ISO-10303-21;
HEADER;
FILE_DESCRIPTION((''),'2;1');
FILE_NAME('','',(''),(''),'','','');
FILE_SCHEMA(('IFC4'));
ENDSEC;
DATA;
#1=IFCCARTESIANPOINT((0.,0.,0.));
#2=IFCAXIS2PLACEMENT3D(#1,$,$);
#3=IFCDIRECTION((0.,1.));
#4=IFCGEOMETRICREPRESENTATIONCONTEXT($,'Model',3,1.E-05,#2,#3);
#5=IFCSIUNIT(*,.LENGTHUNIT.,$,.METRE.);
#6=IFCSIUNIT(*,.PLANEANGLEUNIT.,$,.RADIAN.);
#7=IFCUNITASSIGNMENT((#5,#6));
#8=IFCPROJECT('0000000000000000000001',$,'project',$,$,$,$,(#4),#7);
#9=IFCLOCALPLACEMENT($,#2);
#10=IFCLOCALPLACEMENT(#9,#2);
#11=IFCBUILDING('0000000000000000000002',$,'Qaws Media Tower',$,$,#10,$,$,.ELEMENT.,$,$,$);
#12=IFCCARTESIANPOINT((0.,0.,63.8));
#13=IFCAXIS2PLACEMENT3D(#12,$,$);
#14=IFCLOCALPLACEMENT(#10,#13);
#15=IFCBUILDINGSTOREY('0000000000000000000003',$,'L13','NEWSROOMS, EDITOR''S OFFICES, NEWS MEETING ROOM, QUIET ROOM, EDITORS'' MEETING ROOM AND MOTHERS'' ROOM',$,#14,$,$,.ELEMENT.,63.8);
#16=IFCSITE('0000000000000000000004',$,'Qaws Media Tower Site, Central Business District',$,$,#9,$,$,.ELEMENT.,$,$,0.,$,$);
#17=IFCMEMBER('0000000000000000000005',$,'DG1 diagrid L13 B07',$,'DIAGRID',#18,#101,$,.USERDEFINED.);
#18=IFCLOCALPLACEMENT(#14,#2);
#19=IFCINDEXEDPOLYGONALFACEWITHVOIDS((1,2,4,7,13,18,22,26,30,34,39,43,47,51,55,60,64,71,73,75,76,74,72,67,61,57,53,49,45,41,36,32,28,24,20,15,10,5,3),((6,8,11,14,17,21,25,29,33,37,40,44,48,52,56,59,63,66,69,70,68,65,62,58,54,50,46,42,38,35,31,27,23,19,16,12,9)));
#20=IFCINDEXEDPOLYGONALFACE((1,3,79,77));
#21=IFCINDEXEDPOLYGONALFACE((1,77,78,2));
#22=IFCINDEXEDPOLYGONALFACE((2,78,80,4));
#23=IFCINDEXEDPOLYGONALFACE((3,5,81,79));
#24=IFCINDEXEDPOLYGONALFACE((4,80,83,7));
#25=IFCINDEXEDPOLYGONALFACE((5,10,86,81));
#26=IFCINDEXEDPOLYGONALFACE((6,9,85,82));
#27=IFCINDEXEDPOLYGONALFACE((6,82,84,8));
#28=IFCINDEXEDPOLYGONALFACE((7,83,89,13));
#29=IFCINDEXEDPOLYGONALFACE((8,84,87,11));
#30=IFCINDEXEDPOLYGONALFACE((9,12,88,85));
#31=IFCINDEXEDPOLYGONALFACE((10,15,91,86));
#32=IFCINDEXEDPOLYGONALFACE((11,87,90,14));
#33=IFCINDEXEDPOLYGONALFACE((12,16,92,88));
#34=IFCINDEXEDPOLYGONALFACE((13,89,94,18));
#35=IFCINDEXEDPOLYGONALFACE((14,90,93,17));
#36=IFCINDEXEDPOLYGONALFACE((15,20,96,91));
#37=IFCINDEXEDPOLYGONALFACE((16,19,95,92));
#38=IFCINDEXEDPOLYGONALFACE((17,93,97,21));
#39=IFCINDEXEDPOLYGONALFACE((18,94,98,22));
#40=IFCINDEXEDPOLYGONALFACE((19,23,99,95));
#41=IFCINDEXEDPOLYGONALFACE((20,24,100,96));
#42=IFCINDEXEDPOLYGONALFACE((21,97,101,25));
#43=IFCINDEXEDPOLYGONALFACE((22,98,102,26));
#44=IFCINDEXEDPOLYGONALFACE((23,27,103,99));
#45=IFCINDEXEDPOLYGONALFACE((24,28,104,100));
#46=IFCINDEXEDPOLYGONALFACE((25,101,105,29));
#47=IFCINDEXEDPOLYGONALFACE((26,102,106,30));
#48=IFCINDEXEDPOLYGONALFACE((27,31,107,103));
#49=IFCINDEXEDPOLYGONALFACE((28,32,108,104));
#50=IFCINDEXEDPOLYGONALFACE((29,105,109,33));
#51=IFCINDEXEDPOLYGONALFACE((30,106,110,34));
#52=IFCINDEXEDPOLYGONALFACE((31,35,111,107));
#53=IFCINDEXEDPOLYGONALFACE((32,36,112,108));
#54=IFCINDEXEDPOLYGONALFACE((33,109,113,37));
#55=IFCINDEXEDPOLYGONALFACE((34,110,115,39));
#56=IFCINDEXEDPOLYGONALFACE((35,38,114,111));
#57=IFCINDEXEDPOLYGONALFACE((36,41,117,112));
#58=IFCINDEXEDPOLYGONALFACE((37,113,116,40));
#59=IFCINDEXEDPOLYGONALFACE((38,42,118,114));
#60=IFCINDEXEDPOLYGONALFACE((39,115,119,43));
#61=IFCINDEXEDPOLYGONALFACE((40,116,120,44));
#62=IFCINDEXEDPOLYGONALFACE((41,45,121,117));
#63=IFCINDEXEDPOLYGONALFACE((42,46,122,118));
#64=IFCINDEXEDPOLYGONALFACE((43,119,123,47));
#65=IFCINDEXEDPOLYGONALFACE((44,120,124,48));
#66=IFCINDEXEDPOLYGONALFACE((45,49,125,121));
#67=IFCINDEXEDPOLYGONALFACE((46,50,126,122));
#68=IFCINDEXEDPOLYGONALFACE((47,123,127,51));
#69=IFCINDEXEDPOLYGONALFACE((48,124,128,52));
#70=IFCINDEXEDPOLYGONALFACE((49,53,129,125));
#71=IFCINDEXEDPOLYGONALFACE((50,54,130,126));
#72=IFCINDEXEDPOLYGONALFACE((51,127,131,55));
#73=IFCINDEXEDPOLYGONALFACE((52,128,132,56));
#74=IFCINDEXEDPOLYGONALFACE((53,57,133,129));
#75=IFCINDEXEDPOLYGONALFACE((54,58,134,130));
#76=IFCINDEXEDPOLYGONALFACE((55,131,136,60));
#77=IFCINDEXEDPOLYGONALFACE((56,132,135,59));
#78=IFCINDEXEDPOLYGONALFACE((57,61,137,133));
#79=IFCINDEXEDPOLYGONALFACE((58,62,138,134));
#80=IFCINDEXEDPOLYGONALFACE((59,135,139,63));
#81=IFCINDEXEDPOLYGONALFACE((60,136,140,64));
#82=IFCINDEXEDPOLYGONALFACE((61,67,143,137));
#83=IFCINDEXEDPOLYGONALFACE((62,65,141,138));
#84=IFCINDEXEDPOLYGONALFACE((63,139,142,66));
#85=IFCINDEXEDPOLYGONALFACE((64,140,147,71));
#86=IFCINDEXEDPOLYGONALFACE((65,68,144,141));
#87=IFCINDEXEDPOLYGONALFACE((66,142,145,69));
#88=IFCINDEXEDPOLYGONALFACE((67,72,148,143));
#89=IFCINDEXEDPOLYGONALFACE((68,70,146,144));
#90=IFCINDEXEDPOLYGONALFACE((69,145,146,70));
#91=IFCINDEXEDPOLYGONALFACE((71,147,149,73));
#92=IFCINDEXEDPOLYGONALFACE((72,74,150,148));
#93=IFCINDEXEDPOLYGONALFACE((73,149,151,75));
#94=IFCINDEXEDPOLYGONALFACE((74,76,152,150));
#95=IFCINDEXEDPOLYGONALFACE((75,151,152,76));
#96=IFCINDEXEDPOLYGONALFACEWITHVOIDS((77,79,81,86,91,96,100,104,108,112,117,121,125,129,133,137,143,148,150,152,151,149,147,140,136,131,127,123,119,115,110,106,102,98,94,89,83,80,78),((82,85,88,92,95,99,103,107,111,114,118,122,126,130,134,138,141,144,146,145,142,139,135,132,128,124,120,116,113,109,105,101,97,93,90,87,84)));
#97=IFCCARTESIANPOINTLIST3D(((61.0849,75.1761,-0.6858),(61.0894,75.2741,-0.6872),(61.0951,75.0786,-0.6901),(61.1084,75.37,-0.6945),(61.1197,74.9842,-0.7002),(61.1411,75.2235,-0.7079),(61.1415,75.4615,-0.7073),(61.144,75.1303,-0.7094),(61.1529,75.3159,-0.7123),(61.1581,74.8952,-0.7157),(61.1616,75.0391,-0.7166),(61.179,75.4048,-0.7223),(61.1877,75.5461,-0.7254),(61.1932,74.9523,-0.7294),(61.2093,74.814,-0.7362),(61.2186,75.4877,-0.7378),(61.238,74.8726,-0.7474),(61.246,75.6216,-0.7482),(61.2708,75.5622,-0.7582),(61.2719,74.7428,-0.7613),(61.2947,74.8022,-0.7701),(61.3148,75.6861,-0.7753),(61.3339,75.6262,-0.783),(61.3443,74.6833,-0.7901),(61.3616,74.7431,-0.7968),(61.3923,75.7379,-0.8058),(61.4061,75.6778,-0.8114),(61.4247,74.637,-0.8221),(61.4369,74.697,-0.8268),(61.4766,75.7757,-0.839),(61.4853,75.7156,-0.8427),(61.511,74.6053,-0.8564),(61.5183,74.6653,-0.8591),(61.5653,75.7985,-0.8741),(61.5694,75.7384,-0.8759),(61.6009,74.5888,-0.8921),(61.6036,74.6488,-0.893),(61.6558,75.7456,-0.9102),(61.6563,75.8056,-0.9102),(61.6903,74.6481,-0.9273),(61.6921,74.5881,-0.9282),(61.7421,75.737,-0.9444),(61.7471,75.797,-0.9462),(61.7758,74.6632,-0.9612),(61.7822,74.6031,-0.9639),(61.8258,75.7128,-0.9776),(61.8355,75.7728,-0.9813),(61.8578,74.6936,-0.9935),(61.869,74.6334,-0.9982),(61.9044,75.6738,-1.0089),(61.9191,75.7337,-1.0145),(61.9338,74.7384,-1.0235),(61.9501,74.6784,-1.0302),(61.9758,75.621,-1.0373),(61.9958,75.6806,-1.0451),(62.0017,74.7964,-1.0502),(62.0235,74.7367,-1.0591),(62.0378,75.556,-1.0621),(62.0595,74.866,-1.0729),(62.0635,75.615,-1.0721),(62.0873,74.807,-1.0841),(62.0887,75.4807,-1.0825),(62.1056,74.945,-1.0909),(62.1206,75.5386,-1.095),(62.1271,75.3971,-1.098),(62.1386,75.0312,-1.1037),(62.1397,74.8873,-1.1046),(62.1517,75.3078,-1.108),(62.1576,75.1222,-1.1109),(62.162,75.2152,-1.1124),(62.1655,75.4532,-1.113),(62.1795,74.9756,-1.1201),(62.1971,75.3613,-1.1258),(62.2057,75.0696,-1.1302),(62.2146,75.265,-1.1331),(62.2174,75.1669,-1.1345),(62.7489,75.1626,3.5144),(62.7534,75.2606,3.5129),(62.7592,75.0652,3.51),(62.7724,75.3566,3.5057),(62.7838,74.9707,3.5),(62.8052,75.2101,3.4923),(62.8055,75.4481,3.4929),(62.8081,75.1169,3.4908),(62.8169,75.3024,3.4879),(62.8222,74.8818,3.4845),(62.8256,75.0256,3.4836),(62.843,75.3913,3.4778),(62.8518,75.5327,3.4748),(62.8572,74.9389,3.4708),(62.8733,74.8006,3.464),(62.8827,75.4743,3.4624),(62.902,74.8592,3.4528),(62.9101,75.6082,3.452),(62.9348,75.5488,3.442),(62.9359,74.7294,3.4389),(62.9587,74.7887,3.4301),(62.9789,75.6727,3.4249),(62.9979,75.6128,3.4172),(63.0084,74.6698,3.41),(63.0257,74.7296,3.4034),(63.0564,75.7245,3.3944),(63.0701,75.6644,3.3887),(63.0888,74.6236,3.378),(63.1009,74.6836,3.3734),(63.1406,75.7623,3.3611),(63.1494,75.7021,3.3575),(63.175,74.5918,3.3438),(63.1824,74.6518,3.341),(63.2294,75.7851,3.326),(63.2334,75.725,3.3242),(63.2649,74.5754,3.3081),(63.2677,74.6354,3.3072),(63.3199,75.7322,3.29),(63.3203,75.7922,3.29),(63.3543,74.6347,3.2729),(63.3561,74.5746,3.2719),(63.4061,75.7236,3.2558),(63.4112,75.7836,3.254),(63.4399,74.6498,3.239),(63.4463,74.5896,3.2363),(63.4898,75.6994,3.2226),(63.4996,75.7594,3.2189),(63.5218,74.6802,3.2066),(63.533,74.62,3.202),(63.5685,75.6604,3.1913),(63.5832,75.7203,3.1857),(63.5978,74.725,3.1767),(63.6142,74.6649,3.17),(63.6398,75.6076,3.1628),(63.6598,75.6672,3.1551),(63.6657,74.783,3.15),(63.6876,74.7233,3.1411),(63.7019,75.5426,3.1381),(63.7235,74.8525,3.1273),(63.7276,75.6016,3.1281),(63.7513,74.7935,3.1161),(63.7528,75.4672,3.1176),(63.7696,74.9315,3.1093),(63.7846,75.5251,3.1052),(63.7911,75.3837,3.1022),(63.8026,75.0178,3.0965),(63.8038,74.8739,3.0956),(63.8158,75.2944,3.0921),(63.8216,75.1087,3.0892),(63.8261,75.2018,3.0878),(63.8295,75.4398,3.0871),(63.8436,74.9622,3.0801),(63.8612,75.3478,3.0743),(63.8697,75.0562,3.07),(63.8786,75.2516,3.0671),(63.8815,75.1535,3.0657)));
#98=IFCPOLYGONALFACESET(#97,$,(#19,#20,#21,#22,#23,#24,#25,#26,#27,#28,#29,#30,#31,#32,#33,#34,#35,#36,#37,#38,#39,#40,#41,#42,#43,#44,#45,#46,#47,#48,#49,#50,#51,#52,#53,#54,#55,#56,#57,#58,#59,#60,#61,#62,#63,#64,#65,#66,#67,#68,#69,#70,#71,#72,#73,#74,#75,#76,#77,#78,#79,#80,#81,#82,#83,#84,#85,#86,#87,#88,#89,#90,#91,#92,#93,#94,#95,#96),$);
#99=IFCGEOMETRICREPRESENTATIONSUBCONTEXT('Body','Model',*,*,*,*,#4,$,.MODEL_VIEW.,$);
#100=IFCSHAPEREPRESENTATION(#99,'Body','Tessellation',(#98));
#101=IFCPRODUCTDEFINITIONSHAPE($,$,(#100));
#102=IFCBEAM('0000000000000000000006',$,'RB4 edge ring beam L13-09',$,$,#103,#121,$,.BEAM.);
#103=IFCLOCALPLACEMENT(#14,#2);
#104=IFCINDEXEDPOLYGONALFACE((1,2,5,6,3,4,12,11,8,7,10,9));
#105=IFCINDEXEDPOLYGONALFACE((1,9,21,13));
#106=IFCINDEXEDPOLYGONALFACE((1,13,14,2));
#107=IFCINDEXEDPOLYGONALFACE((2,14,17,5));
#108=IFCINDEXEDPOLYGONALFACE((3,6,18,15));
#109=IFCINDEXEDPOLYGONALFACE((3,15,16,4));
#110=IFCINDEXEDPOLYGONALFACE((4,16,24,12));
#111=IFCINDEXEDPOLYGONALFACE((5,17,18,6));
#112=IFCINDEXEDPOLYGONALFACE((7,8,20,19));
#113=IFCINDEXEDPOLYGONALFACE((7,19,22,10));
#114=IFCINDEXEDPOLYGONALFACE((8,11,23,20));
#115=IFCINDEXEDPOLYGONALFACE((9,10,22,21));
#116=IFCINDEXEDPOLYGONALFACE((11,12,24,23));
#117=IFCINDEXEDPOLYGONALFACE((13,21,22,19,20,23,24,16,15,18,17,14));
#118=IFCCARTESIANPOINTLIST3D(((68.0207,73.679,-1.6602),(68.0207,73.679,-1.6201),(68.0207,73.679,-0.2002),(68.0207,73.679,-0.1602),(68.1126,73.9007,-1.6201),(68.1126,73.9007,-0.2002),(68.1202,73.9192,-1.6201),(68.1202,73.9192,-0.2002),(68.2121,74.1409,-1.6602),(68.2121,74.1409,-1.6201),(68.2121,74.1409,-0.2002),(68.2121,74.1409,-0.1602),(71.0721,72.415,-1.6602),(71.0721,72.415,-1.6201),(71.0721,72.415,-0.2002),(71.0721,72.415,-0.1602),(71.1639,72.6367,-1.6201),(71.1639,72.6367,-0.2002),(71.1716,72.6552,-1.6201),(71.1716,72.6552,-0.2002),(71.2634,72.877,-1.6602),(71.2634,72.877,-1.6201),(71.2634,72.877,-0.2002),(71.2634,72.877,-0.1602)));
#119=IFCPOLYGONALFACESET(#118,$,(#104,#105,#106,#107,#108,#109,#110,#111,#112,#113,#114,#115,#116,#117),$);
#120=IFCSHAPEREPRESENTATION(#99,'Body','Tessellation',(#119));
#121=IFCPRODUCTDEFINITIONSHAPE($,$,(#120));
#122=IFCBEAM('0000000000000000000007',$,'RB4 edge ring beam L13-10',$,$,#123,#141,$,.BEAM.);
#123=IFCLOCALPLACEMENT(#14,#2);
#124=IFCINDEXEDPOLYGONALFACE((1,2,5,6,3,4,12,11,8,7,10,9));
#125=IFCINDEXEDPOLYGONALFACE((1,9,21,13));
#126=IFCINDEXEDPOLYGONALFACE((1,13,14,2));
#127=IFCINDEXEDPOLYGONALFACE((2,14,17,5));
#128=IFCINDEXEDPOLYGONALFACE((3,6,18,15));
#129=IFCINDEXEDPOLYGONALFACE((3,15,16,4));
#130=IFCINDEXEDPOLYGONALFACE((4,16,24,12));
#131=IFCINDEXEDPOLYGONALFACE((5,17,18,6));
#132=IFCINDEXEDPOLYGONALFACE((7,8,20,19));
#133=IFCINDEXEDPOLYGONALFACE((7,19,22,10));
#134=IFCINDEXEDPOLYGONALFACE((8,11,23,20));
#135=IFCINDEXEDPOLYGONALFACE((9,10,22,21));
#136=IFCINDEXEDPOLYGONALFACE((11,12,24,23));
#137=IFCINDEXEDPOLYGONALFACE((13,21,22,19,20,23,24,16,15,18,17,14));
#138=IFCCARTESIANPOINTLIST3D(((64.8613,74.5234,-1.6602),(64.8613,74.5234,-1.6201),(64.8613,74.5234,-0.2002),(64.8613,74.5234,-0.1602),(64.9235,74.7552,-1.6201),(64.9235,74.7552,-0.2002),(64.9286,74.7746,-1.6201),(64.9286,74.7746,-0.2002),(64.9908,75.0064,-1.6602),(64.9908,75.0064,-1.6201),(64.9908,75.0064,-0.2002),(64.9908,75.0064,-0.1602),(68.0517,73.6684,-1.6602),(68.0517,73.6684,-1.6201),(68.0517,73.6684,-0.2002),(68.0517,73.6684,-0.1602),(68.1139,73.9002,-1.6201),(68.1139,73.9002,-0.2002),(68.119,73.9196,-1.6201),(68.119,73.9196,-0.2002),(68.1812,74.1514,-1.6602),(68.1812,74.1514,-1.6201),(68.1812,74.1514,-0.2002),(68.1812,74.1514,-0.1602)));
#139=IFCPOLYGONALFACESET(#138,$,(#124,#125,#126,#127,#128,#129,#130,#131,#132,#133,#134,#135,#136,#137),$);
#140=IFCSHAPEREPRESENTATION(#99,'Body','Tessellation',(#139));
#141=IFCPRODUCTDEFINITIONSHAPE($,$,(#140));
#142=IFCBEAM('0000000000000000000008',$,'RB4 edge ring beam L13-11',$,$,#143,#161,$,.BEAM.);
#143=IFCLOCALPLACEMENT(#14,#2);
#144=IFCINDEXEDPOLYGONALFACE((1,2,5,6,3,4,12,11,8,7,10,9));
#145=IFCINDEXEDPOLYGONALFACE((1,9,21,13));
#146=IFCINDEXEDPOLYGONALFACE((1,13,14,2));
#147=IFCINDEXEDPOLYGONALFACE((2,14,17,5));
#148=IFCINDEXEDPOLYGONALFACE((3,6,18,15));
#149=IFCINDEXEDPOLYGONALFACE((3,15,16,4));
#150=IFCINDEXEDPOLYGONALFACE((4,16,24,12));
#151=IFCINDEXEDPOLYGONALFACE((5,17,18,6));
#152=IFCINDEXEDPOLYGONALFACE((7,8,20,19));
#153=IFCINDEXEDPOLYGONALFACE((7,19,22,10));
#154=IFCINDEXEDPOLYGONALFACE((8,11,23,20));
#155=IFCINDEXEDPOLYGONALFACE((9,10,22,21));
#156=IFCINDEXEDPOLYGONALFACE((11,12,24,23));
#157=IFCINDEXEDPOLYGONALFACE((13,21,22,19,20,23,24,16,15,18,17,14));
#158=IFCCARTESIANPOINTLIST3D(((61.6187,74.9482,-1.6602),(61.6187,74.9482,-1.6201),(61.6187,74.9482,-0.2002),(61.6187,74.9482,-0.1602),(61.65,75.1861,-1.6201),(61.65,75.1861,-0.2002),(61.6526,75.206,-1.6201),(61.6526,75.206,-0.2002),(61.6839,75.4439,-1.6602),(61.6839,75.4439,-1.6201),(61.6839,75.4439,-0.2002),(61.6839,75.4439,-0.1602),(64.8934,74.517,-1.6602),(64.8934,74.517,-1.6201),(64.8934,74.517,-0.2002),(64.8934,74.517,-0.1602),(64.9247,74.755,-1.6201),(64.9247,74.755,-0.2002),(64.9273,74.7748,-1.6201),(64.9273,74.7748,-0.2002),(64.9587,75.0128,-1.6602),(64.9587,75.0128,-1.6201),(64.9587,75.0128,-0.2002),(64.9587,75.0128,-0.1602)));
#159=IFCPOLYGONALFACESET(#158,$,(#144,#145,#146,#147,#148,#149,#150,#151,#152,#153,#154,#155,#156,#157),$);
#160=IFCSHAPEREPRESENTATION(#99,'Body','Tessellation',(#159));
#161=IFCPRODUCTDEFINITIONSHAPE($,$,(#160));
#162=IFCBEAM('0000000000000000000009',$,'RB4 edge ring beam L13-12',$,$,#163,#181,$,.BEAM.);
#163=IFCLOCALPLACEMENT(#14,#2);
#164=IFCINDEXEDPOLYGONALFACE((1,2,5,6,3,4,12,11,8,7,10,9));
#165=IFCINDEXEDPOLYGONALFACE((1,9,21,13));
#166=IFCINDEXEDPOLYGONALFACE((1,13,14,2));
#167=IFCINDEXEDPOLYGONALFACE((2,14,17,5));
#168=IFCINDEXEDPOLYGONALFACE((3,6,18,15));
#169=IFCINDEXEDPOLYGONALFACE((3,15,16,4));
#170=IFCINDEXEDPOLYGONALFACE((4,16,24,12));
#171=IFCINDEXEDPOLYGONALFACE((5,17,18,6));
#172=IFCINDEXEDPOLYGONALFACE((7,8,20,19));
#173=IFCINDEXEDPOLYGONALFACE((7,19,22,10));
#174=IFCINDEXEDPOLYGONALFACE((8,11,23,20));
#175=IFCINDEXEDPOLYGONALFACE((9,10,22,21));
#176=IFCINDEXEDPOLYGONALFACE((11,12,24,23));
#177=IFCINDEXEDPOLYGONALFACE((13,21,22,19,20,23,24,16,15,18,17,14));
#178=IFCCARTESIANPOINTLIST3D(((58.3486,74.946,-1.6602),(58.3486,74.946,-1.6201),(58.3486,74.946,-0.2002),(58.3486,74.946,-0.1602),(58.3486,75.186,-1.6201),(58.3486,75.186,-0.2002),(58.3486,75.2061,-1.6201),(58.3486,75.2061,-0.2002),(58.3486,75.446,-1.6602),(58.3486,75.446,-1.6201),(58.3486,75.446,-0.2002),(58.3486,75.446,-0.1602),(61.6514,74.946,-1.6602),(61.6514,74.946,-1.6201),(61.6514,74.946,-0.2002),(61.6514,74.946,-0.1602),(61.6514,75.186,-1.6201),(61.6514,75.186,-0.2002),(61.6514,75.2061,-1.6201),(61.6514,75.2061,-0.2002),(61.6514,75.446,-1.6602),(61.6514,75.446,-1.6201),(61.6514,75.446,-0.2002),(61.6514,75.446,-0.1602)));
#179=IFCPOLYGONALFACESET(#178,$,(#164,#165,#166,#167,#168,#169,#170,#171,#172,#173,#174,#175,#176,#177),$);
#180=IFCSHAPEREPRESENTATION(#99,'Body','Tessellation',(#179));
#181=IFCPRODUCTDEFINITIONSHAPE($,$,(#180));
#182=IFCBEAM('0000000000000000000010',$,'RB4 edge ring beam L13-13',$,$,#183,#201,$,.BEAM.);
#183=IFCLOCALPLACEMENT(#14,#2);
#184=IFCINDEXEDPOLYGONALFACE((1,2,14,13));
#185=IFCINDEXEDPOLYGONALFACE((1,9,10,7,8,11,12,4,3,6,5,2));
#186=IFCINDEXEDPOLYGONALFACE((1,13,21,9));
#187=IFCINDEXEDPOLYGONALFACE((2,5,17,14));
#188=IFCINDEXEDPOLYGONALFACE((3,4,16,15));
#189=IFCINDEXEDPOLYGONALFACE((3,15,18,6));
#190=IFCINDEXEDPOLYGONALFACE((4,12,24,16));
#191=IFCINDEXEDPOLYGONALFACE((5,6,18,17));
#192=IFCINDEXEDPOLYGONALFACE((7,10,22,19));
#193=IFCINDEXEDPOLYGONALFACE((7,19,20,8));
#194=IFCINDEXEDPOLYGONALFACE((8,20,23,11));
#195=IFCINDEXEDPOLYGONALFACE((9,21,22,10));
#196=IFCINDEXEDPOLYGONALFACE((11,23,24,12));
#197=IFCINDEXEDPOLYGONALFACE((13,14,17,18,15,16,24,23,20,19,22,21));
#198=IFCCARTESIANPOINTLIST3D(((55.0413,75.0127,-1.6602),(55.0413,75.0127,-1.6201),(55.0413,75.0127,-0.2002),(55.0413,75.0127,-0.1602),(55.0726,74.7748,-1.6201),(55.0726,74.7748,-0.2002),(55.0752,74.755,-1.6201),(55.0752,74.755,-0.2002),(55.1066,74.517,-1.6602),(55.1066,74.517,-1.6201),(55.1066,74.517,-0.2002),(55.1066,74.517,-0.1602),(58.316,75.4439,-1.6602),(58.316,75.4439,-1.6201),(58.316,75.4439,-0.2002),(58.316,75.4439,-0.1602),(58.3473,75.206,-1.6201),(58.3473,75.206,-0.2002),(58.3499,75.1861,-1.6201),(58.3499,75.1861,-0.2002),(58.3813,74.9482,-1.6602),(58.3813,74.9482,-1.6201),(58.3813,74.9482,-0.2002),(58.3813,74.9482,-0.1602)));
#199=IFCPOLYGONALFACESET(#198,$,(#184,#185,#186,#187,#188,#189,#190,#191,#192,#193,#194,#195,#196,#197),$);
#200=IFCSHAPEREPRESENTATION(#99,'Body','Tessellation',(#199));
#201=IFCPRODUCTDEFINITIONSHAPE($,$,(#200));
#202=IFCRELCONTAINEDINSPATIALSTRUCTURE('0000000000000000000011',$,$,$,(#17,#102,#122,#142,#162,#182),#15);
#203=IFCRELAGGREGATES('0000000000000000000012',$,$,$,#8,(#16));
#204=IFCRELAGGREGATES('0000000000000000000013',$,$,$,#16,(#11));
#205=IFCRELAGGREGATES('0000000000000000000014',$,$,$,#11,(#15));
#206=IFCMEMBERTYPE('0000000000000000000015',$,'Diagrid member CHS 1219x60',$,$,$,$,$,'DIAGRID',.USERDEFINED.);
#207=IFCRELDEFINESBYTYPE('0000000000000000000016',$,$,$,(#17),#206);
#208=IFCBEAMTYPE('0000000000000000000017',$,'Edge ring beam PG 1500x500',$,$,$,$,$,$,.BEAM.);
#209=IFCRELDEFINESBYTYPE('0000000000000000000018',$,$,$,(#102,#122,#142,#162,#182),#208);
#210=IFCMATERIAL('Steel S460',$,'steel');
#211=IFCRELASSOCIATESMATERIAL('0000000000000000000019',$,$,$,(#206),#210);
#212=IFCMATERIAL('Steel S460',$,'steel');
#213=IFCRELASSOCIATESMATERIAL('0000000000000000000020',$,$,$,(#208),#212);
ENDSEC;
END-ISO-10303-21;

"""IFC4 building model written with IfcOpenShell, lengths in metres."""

from ifc_helpers import new_model, si_unit, direction, frame, origin, origin_2d, place, context, subcontext, project, spatial, hollow_circle, i_section, extrude, material, material_profile, profile_set, type_object, element, save


model = new_model("IFC4")

# Units and contexts
model_context = context("Model", 3, precision=1e-05, world=origin(), true_north=direction((0.0, 1.0)))
body_context = subcontext(model_context, "Body", "Model", "MODEL_VIEW")
ifc_project = project(units=[si_unit("LENGTHUNIT", "METRE"), si_unit("PLANEANGLEUNIT", "RADIAN")], contexts=[model_context])

# Site, building, storey
site_placement = place(None, origin())
site = spatial("IfcSite", under=ifc_project, at=site_placement, Name="Qaws Media Tower Site, Central Business District", CompositionType="ELEMENT", RefElevation=0.0)
building_placement = place(site_placement, origin())
building = spatial("IfcBuilding", under=site, at=building_placement, Name="Qaws Media Tower", CompositionType="ELEMENT")
storey_placement = place(building_placement, frame((0.0, 0.0, 63.8)))
storey = spatial("IfcBuildingStorey", under=building, at=storey_placement, Name="L13", Description="NEWSROOMS, EDITOR'S OFFICES, NEWS MEETING ROOM, QUIET ROOM, EDITORS' MEETING ROOM AND MOTHERS' ROOM", CompositionType="ELEMENT", Elevation=63.8)

# Member
ifc_material_1 = material(Name="Steel S460", Category="steel")
ifc_material_profile_1 = material_profile(ifc_material_1, hollow_circle(Radius=0.6096, WallThickness=0.0601, at=origin_2d()), Name="CHS 1219x60")
ifc_profile_set_1 = profile_set([ifc_material_profile_1], Name="Steel S460")
member_type_1 = type_object("IfcMemberType", Name="Diagrid member CHS 1219x60", ElementType="DIAGRID", PredefinedType="USERDEFINED", material=ifc_profile_set_1)
for number, where, z_axis, x_axis, name in (
    (1, (61.6514, 75.196, -0.9102), (0.368331, -0.002972, 0.92969), (0.008069, 0.999967, 0.0), "DG1 diagrid L13 B07"),
):
    element("IfcMember", number, at=place(storey_placement, frame(where, z_axis=z_axis, x_axis=x_axis)), inside=storey, type_object=member_type_1, Name=name, ObjectType="DIAGRID", PredefinedType="USERDEFINED", context=body_context, shape_type="SweptSolid", body=[
        extrude(hollow_circle(Radius=0.6096, WallThickness=0.0601, at=origin_2d()), origin(), (0.0, 0.0, 1.0), 4.5178),
    ])

# Beams
ifc_material_2 = material(Name="Steel S460", Category="steel")
ifc_material_profile_2 = material_profile(ifc_material_2, i_section(OverallWidth=0.5, OverallDepth=1.5, WebThickness=0.02, FlangeThickness=0.04, at=origin_2d()), Name="PG 1500x500")
ifc_profile_set_2 = profile_set([ifc_material_profile_2], Name="Steel S460")
beam_type = type_object("IfcBeamType", Name="Edge ring beam PG 1500x500", PredefinedType="BEAM", material=ifc_profile_set_2)
beam_1_placement = place(storey_placement, frame((71.1677, 72.646, -0.9102), z_axis=(-0.923875, 0.382693, 0.0), x_axis=(-0.382693, -0.923875, 0.0)))
element("IfcBeam", 2, at=beam_1_placement, inside=storey, type_object=beam_type, Name="RB4 edge ring beam L13-09", PredefinedType="BEAM", context=body_context, shape_type="SweptSolid", body=[
    extrude(i_section(OverallWidth=0.5, OverallDepth=1.5, WebThickness=0.02, FlangeThickness=0.04, at=origin_2d()), origin(), (0.0, 0.0, 1.0), 3.3027),
])
for number, where, z_axis, x_axis, name in (
    (3, (68.1165, 73.9099, -0.9102), (-0.965918, 0.258849, 0.0), (-0.258849, -0.965918, 0.0), "RB4 edge ring beam L13-10"),
    (4, (64.926, 74.7649, -0.9102), (-0.991443, 0.130537, 0.0), (-0.130537, -0.991443, 0.0), "RB4 edge ring beam L13-11"),
):
    element("IfcBeam", number, at=place(storey_placement, frame(where, z_axis=z_axis, x_axis=x_axis)), inside=storey, type_object=beam_type, Name=name, PredefinedType="BEAM", context=body_context, shape_type="SweptSolid", body=[
        extrude(i_section(OverallWidth=0.5, OverallDepth=1.5, WebThickness=0.02, FlangeThickness=0.04, at=origin_2d()), origin(), (0.0, 0.0, 1.0), 3.303),
    ])
beam_2_placement = place(storey_placement, frame((61.6514, 75.196, -0.9102), z_axis=(-1.0, 0.0, 0.0), x_axis=(0.0, -1.0, 0.0)))
element("IfcBeam", 5, at=beam_2_placement, inside=storey, type_object=beam_type, Name="RB4 edge ring beam L13-12", PredefinedType="BEAM", context=body_context, shape_type="SweptSolid", body=[
    extrude(i_section(OverallWidth=0.5, OverallDepth=1.5, WebThickness=0.02, FlangeThickness=0.04, at=origin_2d()), origin(), (0.0, 0.0, 1.0), 3.3027),
])
beam_3_placement = place(storey_placement, frame((58.3486, 75.196, -0.9102), z_axis=(-0.991443, -0.130537, 0.0), x_axis=(0.130537, -0.991443, 0.0)))
element("IfcBeam", 6, at=beam_3_placement, inside=storey, type_object=beam_type, Name="RB4 edge ring beam L13-13", PredefinedType="BEAM", context=body_context, shape_type="SweptSolid", body=[
    extrude(i_section(OverallWidth=0.5, OverallDepth=1.5, WebThickness=0.02, FlangeThickness=0.04, at=origin_2d()), origin(), (0.0, 0.0, 1.0), 3.303),
])

save(model, "model.ifc")
